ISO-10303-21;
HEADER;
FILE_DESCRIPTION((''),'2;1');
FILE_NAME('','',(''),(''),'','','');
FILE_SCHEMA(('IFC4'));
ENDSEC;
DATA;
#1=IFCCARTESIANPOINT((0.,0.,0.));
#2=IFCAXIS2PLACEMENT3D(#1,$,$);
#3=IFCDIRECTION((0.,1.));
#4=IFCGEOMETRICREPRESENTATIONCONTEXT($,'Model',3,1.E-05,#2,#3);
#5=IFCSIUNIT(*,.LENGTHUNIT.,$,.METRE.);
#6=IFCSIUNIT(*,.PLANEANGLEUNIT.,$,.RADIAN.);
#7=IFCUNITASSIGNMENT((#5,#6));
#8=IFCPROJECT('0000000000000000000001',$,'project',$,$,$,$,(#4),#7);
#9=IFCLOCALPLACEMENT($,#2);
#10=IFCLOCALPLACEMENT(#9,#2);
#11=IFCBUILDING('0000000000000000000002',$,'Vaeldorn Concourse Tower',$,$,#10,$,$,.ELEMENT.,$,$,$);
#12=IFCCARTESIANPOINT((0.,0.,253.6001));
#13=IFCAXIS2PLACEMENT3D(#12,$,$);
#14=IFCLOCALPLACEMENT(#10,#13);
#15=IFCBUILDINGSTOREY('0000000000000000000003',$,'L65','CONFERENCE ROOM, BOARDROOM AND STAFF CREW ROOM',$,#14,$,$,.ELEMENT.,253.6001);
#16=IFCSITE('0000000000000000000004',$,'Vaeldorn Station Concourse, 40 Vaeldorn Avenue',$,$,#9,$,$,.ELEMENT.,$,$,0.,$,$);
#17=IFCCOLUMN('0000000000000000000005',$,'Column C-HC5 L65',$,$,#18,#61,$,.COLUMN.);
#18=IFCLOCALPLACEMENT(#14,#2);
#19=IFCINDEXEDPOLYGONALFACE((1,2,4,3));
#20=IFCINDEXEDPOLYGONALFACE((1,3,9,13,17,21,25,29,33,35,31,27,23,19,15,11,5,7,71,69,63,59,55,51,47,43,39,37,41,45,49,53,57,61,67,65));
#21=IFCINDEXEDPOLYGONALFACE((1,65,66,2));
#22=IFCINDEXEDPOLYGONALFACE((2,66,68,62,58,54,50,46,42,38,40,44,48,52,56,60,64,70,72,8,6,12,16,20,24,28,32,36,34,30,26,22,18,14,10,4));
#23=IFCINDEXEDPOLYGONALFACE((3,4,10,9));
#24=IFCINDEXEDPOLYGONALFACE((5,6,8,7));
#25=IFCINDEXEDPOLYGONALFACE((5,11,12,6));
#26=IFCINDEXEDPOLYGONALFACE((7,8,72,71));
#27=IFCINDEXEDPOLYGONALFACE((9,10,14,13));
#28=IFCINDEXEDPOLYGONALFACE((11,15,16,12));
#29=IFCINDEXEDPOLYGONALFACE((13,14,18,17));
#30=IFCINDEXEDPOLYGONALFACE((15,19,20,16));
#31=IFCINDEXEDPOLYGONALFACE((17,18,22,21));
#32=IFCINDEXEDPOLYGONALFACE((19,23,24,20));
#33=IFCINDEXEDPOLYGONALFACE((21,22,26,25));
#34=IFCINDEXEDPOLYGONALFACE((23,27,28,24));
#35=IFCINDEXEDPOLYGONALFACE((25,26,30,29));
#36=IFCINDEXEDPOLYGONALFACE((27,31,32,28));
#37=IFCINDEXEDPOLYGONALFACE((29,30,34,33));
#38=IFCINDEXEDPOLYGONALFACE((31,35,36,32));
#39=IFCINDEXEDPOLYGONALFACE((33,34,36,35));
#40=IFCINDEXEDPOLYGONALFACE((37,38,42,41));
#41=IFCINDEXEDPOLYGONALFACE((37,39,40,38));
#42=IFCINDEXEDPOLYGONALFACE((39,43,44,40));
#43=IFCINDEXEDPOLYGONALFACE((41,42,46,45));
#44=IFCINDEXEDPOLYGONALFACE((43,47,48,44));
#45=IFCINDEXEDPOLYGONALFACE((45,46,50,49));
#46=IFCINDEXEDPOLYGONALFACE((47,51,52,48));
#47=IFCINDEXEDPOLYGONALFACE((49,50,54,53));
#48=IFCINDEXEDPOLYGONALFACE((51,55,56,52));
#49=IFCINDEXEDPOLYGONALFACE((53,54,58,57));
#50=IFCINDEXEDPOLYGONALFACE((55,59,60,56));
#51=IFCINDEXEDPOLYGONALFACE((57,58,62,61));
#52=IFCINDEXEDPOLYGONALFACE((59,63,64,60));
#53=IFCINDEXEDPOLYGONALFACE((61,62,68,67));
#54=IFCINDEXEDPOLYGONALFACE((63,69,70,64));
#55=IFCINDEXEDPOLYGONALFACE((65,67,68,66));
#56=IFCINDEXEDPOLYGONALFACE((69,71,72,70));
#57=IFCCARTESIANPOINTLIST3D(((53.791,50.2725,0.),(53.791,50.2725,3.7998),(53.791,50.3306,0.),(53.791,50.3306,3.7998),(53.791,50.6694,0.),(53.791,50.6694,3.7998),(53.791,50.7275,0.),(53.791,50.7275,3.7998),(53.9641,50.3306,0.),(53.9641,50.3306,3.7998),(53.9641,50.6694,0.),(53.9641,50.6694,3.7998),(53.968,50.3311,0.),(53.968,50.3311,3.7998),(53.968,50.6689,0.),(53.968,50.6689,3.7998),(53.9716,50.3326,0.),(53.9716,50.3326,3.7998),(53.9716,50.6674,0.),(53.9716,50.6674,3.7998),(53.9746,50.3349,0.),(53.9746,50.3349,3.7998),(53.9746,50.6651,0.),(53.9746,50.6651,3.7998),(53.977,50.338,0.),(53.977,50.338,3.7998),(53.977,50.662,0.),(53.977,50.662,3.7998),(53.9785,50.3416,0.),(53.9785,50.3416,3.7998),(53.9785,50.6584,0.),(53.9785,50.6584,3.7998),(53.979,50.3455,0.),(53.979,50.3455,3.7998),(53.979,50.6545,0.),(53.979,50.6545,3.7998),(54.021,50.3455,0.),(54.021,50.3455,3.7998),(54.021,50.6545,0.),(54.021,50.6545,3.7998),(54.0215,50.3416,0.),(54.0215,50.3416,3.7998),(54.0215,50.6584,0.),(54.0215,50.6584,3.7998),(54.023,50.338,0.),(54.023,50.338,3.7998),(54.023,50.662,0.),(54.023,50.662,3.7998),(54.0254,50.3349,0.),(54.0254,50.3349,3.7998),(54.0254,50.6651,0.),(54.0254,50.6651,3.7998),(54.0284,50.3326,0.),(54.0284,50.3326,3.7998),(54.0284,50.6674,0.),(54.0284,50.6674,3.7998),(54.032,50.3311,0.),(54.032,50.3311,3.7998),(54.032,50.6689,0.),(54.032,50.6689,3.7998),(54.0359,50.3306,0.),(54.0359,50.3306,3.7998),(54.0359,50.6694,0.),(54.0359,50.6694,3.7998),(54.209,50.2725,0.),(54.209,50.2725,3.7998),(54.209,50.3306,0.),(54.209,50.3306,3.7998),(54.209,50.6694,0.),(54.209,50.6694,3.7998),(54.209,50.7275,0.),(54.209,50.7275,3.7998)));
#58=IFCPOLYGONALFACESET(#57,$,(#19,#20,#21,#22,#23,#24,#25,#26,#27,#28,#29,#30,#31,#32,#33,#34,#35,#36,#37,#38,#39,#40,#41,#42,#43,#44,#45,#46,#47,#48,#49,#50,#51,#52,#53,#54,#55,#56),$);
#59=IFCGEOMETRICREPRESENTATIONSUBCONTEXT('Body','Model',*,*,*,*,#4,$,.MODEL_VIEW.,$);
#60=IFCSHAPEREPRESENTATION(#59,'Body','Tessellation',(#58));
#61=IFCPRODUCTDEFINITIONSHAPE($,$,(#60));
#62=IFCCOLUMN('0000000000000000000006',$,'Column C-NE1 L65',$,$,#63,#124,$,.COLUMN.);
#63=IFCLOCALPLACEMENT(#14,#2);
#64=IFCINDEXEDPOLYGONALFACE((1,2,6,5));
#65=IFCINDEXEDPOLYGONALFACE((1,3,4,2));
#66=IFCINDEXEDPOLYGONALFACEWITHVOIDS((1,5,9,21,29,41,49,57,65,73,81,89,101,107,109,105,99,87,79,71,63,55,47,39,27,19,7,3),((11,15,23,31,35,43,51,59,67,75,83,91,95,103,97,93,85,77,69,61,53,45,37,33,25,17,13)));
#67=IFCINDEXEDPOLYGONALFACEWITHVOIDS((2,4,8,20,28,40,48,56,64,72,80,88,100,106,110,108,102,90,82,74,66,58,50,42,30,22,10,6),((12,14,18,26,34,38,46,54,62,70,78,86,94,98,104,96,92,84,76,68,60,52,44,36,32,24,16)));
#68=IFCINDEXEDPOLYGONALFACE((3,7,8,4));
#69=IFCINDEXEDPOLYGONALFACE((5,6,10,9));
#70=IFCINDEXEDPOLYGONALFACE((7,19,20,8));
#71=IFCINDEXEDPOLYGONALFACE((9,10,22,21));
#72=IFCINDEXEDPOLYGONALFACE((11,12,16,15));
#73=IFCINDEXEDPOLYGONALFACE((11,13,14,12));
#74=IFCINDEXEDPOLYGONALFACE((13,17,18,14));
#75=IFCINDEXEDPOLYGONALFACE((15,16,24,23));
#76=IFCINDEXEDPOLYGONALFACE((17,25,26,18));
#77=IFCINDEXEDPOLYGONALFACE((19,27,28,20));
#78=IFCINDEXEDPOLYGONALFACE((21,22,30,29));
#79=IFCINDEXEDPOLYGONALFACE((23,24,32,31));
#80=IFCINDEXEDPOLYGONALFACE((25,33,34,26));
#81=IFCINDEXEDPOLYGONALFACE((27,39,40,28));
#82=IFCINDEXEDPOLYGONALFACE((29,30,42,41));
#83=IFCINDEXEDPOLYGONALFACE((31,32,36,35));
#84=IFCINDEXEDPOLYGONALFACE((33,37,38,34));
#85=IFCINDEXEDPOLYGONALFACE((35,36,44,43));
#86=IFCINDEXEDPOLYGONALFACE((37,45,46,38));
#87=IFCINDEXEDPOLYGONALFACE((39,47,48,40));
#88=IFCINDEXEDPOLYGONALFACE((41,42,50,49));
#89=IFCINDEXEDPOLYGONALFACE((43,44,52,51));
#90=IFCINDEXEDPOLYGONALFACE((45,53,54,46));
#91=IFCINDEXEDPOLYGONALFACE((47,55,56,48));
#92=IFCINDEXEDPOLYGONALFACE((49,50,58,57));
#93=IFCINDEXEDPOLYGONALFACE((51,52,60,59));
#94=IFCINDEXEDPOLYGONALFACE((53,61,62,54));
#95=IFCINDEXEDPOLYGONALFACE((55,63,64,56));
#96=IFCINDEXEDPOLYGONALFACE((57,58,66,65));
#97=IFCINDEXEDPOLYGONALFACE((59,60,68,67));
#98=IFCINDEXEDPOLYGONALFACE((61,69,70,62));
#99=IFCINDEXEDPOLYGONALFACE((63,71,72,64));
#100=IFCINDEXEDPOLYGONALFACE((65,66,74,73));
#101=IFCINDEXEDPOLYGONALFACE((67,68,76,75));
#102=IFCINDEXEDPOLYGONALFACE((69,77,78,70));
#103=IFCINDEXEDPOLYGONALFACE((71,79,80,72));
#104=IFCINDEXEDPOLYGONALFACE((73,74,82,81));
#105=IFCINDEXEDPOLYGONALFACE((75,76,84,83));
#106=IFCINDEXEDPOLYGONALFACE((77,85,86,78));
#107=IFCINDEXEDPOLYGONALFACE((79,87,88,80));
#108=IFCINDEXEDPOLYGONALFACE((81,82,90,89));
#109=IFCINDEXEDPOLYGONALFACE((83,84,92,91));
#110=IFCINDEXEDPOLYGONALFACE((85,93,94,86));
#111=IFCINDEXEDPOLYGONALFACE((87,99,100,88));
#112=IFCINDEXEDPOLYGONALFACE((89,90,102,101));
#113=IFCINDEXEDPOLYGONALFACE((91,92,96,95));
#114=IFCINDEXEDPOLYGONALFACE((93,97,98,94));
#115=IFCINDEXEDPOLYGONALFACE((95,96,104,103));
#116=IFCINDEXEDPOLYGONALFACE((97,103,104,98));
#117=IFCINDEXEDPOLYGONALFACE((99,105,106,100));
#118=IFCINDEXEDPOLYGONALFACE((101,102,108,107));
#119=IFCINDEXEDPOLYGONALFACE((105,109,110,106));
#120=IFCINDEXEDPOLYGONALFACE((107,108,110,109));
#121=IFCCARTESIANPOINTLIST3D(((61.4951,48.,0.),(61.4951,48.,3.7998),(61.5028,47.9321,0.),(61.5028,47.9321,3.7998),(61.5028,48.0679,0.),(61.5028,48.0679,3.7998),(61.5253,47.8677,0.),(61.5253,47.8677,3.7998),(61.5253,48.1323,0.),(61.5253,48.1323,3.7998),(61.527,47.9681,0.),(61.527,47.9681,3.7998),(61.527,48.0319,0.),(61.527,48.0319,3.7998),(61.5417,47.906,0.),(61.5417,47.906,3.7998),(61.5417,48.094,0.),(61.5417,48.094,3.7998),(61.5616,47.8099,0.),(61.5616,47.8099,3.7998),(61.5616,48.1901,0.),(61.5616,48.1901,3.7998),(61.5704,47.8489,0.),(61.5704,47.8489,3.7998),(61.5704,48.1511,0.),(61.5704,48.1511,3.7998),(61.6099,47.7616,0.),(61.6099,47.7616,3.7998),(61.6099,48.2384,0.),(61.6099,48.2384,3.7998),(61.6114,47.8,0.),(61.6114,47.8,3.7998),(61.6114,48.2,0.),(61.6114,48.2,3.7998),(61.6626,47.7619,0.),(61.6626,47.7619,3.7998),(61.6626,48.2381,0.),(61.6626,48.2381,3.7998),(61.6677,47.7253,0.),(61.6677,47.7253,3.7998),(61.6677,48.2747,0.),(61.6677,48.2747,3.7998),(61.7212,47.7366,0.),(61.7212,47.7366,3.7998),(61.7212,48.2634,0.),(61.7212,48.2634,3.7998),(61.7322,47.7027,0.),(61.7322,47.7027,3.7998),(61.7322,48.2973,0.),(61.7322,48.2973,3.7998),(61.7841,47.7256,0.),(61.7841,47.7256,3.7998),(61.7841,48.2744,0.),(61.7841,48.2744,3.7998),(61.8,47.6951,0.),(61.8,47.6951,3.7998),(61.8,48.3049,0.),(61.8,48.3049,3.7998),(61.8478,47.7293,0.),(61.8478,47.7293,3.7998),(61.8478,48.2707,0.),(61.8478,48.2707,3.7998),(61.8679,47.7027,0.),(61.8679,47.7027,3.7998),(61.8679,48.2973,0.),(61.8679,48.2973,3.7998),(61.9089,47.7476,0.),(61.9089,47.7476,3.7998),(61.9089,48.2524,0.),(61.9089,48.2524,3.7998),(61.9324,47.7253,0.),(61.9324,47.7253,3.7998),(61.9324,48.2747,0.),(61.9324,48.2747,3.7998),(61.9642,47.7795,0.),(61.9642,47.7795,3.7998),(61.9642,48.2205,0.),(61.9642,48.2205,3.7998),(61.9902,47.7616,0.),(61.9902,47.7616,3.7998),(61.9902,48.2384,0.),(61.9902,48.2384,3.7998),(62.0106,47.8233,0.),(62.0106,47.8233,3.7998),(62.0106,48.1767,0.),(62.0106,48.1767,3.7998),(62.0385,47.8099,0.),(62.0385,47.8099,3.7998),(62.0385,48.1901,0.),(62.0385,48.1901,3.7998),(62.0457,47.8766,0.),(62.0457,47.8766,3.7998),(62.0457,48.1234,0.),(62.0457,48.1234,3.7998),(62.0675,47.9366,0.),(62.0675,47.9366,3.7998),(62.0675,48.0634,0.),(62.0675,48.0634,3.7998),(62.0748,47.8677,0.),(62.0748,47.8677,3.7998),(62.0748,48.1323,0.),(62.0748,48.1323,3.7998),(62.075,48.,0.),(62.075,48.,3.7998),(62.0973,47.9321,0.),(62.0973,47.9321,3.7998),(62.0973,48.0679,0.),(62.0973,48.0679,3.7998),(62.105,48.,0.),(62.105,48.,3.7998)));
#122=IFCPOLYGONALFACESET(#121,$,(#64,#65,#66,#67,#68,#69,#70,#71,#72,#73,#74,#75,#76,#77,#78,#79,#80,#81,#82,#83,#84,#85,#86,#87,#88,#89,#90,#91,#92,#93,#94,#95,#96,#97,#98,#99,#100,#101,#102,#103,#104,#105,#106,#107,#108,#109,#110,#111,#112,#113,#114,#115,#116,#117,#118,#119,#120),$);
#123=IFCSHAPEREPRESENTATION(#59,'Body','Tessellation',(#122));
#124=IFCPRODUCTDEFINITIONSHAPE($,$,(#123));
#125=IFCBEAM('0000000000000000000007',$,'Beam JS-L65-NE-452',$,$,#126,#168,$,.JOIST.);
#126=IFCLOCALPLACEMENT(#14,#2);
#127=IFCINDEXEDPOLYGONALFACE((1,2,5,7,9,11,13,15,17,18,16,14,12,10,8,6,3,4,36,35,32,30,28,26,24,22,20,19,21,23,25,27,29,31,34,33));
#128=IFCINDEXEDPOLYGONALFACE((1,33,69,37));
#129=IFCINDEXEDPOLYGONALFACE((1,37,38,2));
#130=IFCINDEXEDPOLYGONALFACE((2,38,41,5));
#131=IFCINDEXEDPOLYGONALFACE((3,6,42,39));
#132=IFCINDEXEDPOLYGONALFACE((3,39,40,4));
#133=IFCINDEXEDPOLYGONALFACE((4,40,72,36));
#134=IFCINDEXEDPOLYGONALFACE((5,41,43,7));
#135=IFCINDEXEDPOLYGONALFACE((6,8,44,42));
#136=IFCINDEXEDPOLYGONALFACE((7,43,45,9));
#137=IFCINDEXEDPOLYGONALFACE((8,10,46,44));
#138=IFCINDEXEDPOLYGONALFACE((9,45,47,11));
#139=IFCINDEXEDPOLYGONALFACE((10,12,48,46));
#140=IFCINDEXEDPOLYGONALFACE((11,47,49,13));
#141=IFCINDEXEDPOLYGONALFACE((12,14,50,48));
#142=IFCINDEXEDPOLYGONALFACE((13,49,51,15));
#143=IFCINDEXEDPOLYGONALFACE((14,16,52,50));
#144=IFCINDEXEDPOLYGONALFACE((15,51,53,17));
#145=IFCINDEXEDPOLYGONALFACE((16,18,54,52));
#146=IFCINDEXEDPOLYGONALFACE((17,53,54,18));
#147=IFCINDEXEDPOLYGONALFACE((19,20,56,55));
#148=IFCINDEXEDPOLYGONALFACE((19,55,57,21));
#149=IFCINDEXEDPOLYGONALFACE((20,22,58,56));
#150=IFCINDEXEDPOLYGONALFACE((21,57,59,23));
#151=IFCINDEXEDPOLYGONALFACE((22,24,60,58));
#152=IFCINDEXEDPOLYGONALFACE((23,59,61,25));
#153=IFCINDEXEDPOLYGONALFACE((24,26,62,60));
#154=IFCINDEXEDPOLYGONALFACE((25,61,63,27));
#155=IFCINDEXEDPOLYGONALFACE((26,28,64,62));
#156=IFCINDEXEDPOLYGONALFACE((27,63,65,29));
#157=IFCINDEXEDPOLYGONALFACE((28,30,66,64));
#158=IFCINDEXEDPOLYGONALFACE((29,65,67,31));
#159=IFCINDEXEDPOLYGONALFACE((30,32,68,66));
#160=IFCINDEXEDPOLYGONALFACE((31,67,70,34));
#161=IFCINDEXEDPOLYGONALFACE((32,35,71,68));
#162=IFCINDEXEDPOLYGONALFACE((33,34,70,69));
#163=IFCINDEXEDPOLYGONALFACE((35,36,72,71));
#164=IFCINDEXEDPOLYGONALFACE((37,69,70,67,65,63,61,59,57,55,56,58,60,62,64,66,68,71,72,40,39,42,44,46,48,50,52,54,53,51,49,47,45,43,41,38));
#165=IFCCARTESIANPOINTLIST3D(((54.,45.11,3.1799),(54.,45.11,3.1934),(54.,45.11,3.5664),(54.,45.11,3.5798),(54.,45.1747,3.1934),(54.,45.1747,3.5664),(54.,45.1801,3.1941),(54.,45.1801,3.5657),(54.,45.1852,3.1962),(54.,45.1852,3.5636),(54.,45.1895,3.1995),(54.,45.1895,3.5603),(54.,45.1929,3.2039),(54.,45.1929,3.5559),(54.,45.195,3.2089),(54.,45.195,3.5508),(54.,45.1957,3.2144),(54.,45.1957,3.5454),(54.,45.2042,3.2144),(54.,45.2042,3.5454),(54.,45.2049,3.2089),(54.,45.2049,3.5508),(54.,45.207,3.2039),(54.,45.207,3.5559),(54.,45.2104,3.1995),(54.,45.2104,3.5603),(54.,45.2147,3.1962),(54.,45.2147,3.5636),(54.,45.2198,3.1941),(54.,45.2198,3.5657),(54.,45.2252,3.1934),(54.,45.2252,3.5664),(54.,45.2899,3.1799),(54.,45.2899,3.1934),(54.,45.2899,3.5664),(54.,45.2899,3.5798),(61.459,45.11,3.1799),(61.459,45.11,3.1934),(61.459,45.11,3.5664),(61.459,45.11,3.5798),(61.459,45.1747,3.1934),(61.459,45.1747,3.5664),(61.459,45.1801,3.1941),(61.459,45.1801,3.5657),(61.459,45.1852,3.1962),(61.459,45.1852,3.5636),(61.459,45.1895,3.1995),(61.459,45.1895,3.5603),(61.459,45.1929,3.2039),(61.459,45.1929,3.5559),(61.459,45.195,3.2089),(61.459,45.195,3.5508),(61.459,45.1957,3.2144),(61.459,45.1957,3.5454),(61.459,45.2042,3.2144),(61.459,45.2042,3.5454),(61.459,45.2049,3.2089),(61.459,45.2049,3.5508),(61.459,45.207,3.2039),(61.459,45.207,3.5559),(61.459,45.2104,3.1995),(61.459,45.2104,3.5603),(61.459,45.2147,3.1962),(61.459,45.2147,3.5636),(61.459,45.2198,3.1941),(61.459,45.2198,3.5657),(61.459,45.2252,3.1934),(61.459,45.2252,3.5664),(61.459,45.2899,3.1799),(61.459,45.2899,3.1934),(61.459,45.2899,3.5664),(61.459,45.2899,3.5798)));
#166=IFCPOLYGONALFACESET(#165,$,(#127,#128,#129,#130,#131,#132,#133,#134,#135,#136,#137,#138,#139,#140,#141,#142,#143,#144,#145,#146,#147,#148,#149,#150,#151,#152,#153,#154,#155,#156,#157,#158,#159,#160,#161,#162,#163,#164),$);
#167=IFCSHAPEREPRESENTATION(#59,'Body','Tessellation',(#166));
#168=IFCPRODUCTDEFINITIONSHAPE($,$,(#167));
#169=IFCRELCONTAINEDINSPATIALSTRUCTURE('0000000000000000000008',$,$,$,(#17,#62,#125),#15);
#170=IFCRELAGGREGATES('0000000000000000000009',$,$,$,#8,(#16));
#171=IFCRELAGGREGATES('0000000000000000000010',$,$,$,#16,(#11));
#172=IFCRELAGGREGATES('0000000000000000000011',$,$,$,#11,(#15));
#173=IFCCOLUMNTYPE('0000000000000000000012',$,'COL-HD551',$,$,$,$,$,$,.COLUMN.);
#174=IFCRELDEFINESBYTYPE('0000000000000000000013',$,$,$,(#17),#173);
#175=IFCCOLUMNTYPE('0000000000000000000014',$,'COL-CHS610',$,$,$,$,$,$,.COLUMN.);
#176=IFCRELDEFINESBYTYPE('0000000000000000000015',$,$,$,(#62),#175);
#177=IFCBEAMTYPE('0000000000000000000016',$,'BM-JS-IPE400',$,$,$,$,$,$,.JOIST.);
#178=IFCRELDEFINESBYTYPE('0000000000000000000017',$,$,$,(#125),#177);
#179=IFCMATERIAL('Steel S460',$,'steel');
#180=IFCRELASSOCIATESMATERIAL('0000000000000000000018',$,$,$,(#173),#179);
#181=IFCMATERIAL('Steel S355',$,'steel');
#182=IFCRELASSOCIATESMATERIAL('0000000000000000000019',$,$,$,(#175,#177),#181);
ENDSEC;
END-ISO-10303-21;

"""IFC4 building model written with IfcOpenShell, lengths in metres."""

from ifc_helpers import new_model, si_unit, direction, frame, origin, origin_2d, place, context, subcontext, project, spatial, hollow_circle, i_section, extrude, source, transform, mapped, material, material_profile, profile_set, type_object, element, save


model = new_model("IFC4")

# Units and contexts
model_context = context("Model", 3, precision=1e-05, world=origin(), true_north=direction((0.0, 1.0)))
body_context = subcontext(model_context, "Body", "Model", "MODEL_VIEW")
ifc_project = project(units=[si_unit("LENGTHUNIT", "METRE"), si_unit("PLANEANGLEUNIT", "RADIAN")], contexts=[model_context])

# Site, building, storey
site_placement = place(None, origin())
site = spatial("IfcSite", under=ifc_project, at=site_placement, Name="Vaeldorn Station Concourse, 40 Vaeldorn Avenue", CompositionType="ELEMENT", RefElevation=0.0)
building_placement = place(site_placement, origin())
building = spatial("IfcBuilding", under=site, at=building_placement, Name="Vaeldorn Concourse Tower", CompositionType="ELEMENT")
storey_placement = place(building_placement, frame((0.0, 0.0, 253.6001)))
storey = spatial("IfcBuildingStorey", under=building, at=storey_placement, Name="L65", Description="CONFERENCE ROOM, BOARDROOM AND STAFF CREW ROOM", CompositionType="ELEMENT", Elevation=253.6001)

# Columns
ifc_material_1 = material(Name="Steel S460", Category="steel")
ifc_material_profile_1 = material_profile(ifc_material_1, i_section(OverallWidth=0.418, OverallDepth=0.4551, WebThickness=0.042, FlangeThickness=0.0581, FilletRadius=0.0149, at=origin_2d()), Name="HD 400x551")
ifc_profile_set_1 = profile_set([ifc_material_profile_1], Name="Steel S460")
column_type_1 = type_object("IfcColumnType", Name="COL-HD551", PredefinedType="COLUMN", material=ifc_profile_set_1)
shared_shape_1 = source(origin(), body_context, "Body", "SweptSolid", [
    extrude(i_section(OverallWidth=0.418, OverallDepth=0.4551, WebThickness=0.042, FlangeThickness=0.0581, FilletRadius=0.0149, at=origin_2d()), origin(), (0.0, 0.0, 1.0), 3.7998),
])
column_1_placement = place(storey_placement, frame((54.0, 50.5, 0.0), z_axis=(0.0, 0.0, 1.0), x_axis=(1.0, 0.0, 0.0)))
element("IfcColumn", 1, at=column_1_placement, inside=storey, type_object=column_type_1, Name="Column C-HC5 L65", PredefinedType="COLUMN", context=body_context, shape_type="MappedRepresentation", body=[
    mapped(shared_shape_1, transform((0.0, 0.0, 0.0), scale=1.0)),
])
ifc_material_2 = material(Name="Steel S355", Category="steel")
ifc_material_profile_2 = material_profile(ifc_material_2, hollow_circle(Radius=0.3049, WallThickness=0.03, at=origin_2d()), Name="CHS 610x30")
ifc_profile_set_2 = profile_set([ifc_material_profile_2], Name="Steel S355")
column_type_2 = type_object("IfcColumnType", Name="COL-CHS610", PredefinedType="COLUMN", material=ifc_profile_set_2)
shared_shape_2 = source(origin(), body_context, "Body", "SweptSolid", [
    extrude(hollow_circle(Radius=0.3049, WallThickness=0.03, at=origin_2d()), origin(), (0.0, 0.0, 1.0), 3.7998),
])
column_2_placement = place(storey_placement, frame((61.8, 48.0, 0.0), z_axis=(0.0, 0.0, 1.0), x_axis=(1.0, 0.0, 0.0)))
element("IfcColumn", 2, at=column_2_placement, inside=storey, type_object=column_type_2, Name="Column C-NE1 L65", PredefinedType="COLUMN", context=body_context, shape_type="MappedRepresentation", body=[
    mapped(shared_shape_2, transform((0.0, 0.0, 0.0), scale=1.0)),
])

# Beam
ifc_material_profile_3 = material_profile(ifc_material_2, i_section(OverallWidth=0.1799, OverallDepth=0.3999, WebThickness=0.0085, FlangeThickness=0.0134, FilletRadius=0.021, at=origin_2d()), Name="IPE 400")
ifc_profile_set_3 = profile_set([ifc_material_profile_3], Name="Steel S355")
beam_type_1 = type_object("IfcBeamType", Name="BM-JS-IPE400", PredefinedType="JOIST", material=ifc_profile_set_3)
shared_shape_3 = source(origin(), body_context, "Body", "SweptSolid", [
    extrude(i_section(OverallWidth=0.1799, OverallDepth=0.3999, WebThickness=0.0085, FlangeThickness=0.0134, FilletRadius=0.021, at=origin_2d()), origin(), (0.0, 0.0, 1.0), 7.459),
])
beam_1_placement = place(storey_placement, frame((54.0, 45.2, 3.3799), z_axis=(1.0, 0.0, 0.0), x_axis=(0.0, 1.0, 0.0)))
element("IfcBeam", 3, at=beam_1_placement, inside=storey, type_object=beam_type_1, Name="Beam JS-L65-NE-452", PredefinedType="JOIST", context=body_context, shape_type="MappedRepresentation", body=[
    mapped(shared_shape_3, transform((0.0, 0.0, 0.0), scale=1.0)),
])

save(model, "model.ifc")
